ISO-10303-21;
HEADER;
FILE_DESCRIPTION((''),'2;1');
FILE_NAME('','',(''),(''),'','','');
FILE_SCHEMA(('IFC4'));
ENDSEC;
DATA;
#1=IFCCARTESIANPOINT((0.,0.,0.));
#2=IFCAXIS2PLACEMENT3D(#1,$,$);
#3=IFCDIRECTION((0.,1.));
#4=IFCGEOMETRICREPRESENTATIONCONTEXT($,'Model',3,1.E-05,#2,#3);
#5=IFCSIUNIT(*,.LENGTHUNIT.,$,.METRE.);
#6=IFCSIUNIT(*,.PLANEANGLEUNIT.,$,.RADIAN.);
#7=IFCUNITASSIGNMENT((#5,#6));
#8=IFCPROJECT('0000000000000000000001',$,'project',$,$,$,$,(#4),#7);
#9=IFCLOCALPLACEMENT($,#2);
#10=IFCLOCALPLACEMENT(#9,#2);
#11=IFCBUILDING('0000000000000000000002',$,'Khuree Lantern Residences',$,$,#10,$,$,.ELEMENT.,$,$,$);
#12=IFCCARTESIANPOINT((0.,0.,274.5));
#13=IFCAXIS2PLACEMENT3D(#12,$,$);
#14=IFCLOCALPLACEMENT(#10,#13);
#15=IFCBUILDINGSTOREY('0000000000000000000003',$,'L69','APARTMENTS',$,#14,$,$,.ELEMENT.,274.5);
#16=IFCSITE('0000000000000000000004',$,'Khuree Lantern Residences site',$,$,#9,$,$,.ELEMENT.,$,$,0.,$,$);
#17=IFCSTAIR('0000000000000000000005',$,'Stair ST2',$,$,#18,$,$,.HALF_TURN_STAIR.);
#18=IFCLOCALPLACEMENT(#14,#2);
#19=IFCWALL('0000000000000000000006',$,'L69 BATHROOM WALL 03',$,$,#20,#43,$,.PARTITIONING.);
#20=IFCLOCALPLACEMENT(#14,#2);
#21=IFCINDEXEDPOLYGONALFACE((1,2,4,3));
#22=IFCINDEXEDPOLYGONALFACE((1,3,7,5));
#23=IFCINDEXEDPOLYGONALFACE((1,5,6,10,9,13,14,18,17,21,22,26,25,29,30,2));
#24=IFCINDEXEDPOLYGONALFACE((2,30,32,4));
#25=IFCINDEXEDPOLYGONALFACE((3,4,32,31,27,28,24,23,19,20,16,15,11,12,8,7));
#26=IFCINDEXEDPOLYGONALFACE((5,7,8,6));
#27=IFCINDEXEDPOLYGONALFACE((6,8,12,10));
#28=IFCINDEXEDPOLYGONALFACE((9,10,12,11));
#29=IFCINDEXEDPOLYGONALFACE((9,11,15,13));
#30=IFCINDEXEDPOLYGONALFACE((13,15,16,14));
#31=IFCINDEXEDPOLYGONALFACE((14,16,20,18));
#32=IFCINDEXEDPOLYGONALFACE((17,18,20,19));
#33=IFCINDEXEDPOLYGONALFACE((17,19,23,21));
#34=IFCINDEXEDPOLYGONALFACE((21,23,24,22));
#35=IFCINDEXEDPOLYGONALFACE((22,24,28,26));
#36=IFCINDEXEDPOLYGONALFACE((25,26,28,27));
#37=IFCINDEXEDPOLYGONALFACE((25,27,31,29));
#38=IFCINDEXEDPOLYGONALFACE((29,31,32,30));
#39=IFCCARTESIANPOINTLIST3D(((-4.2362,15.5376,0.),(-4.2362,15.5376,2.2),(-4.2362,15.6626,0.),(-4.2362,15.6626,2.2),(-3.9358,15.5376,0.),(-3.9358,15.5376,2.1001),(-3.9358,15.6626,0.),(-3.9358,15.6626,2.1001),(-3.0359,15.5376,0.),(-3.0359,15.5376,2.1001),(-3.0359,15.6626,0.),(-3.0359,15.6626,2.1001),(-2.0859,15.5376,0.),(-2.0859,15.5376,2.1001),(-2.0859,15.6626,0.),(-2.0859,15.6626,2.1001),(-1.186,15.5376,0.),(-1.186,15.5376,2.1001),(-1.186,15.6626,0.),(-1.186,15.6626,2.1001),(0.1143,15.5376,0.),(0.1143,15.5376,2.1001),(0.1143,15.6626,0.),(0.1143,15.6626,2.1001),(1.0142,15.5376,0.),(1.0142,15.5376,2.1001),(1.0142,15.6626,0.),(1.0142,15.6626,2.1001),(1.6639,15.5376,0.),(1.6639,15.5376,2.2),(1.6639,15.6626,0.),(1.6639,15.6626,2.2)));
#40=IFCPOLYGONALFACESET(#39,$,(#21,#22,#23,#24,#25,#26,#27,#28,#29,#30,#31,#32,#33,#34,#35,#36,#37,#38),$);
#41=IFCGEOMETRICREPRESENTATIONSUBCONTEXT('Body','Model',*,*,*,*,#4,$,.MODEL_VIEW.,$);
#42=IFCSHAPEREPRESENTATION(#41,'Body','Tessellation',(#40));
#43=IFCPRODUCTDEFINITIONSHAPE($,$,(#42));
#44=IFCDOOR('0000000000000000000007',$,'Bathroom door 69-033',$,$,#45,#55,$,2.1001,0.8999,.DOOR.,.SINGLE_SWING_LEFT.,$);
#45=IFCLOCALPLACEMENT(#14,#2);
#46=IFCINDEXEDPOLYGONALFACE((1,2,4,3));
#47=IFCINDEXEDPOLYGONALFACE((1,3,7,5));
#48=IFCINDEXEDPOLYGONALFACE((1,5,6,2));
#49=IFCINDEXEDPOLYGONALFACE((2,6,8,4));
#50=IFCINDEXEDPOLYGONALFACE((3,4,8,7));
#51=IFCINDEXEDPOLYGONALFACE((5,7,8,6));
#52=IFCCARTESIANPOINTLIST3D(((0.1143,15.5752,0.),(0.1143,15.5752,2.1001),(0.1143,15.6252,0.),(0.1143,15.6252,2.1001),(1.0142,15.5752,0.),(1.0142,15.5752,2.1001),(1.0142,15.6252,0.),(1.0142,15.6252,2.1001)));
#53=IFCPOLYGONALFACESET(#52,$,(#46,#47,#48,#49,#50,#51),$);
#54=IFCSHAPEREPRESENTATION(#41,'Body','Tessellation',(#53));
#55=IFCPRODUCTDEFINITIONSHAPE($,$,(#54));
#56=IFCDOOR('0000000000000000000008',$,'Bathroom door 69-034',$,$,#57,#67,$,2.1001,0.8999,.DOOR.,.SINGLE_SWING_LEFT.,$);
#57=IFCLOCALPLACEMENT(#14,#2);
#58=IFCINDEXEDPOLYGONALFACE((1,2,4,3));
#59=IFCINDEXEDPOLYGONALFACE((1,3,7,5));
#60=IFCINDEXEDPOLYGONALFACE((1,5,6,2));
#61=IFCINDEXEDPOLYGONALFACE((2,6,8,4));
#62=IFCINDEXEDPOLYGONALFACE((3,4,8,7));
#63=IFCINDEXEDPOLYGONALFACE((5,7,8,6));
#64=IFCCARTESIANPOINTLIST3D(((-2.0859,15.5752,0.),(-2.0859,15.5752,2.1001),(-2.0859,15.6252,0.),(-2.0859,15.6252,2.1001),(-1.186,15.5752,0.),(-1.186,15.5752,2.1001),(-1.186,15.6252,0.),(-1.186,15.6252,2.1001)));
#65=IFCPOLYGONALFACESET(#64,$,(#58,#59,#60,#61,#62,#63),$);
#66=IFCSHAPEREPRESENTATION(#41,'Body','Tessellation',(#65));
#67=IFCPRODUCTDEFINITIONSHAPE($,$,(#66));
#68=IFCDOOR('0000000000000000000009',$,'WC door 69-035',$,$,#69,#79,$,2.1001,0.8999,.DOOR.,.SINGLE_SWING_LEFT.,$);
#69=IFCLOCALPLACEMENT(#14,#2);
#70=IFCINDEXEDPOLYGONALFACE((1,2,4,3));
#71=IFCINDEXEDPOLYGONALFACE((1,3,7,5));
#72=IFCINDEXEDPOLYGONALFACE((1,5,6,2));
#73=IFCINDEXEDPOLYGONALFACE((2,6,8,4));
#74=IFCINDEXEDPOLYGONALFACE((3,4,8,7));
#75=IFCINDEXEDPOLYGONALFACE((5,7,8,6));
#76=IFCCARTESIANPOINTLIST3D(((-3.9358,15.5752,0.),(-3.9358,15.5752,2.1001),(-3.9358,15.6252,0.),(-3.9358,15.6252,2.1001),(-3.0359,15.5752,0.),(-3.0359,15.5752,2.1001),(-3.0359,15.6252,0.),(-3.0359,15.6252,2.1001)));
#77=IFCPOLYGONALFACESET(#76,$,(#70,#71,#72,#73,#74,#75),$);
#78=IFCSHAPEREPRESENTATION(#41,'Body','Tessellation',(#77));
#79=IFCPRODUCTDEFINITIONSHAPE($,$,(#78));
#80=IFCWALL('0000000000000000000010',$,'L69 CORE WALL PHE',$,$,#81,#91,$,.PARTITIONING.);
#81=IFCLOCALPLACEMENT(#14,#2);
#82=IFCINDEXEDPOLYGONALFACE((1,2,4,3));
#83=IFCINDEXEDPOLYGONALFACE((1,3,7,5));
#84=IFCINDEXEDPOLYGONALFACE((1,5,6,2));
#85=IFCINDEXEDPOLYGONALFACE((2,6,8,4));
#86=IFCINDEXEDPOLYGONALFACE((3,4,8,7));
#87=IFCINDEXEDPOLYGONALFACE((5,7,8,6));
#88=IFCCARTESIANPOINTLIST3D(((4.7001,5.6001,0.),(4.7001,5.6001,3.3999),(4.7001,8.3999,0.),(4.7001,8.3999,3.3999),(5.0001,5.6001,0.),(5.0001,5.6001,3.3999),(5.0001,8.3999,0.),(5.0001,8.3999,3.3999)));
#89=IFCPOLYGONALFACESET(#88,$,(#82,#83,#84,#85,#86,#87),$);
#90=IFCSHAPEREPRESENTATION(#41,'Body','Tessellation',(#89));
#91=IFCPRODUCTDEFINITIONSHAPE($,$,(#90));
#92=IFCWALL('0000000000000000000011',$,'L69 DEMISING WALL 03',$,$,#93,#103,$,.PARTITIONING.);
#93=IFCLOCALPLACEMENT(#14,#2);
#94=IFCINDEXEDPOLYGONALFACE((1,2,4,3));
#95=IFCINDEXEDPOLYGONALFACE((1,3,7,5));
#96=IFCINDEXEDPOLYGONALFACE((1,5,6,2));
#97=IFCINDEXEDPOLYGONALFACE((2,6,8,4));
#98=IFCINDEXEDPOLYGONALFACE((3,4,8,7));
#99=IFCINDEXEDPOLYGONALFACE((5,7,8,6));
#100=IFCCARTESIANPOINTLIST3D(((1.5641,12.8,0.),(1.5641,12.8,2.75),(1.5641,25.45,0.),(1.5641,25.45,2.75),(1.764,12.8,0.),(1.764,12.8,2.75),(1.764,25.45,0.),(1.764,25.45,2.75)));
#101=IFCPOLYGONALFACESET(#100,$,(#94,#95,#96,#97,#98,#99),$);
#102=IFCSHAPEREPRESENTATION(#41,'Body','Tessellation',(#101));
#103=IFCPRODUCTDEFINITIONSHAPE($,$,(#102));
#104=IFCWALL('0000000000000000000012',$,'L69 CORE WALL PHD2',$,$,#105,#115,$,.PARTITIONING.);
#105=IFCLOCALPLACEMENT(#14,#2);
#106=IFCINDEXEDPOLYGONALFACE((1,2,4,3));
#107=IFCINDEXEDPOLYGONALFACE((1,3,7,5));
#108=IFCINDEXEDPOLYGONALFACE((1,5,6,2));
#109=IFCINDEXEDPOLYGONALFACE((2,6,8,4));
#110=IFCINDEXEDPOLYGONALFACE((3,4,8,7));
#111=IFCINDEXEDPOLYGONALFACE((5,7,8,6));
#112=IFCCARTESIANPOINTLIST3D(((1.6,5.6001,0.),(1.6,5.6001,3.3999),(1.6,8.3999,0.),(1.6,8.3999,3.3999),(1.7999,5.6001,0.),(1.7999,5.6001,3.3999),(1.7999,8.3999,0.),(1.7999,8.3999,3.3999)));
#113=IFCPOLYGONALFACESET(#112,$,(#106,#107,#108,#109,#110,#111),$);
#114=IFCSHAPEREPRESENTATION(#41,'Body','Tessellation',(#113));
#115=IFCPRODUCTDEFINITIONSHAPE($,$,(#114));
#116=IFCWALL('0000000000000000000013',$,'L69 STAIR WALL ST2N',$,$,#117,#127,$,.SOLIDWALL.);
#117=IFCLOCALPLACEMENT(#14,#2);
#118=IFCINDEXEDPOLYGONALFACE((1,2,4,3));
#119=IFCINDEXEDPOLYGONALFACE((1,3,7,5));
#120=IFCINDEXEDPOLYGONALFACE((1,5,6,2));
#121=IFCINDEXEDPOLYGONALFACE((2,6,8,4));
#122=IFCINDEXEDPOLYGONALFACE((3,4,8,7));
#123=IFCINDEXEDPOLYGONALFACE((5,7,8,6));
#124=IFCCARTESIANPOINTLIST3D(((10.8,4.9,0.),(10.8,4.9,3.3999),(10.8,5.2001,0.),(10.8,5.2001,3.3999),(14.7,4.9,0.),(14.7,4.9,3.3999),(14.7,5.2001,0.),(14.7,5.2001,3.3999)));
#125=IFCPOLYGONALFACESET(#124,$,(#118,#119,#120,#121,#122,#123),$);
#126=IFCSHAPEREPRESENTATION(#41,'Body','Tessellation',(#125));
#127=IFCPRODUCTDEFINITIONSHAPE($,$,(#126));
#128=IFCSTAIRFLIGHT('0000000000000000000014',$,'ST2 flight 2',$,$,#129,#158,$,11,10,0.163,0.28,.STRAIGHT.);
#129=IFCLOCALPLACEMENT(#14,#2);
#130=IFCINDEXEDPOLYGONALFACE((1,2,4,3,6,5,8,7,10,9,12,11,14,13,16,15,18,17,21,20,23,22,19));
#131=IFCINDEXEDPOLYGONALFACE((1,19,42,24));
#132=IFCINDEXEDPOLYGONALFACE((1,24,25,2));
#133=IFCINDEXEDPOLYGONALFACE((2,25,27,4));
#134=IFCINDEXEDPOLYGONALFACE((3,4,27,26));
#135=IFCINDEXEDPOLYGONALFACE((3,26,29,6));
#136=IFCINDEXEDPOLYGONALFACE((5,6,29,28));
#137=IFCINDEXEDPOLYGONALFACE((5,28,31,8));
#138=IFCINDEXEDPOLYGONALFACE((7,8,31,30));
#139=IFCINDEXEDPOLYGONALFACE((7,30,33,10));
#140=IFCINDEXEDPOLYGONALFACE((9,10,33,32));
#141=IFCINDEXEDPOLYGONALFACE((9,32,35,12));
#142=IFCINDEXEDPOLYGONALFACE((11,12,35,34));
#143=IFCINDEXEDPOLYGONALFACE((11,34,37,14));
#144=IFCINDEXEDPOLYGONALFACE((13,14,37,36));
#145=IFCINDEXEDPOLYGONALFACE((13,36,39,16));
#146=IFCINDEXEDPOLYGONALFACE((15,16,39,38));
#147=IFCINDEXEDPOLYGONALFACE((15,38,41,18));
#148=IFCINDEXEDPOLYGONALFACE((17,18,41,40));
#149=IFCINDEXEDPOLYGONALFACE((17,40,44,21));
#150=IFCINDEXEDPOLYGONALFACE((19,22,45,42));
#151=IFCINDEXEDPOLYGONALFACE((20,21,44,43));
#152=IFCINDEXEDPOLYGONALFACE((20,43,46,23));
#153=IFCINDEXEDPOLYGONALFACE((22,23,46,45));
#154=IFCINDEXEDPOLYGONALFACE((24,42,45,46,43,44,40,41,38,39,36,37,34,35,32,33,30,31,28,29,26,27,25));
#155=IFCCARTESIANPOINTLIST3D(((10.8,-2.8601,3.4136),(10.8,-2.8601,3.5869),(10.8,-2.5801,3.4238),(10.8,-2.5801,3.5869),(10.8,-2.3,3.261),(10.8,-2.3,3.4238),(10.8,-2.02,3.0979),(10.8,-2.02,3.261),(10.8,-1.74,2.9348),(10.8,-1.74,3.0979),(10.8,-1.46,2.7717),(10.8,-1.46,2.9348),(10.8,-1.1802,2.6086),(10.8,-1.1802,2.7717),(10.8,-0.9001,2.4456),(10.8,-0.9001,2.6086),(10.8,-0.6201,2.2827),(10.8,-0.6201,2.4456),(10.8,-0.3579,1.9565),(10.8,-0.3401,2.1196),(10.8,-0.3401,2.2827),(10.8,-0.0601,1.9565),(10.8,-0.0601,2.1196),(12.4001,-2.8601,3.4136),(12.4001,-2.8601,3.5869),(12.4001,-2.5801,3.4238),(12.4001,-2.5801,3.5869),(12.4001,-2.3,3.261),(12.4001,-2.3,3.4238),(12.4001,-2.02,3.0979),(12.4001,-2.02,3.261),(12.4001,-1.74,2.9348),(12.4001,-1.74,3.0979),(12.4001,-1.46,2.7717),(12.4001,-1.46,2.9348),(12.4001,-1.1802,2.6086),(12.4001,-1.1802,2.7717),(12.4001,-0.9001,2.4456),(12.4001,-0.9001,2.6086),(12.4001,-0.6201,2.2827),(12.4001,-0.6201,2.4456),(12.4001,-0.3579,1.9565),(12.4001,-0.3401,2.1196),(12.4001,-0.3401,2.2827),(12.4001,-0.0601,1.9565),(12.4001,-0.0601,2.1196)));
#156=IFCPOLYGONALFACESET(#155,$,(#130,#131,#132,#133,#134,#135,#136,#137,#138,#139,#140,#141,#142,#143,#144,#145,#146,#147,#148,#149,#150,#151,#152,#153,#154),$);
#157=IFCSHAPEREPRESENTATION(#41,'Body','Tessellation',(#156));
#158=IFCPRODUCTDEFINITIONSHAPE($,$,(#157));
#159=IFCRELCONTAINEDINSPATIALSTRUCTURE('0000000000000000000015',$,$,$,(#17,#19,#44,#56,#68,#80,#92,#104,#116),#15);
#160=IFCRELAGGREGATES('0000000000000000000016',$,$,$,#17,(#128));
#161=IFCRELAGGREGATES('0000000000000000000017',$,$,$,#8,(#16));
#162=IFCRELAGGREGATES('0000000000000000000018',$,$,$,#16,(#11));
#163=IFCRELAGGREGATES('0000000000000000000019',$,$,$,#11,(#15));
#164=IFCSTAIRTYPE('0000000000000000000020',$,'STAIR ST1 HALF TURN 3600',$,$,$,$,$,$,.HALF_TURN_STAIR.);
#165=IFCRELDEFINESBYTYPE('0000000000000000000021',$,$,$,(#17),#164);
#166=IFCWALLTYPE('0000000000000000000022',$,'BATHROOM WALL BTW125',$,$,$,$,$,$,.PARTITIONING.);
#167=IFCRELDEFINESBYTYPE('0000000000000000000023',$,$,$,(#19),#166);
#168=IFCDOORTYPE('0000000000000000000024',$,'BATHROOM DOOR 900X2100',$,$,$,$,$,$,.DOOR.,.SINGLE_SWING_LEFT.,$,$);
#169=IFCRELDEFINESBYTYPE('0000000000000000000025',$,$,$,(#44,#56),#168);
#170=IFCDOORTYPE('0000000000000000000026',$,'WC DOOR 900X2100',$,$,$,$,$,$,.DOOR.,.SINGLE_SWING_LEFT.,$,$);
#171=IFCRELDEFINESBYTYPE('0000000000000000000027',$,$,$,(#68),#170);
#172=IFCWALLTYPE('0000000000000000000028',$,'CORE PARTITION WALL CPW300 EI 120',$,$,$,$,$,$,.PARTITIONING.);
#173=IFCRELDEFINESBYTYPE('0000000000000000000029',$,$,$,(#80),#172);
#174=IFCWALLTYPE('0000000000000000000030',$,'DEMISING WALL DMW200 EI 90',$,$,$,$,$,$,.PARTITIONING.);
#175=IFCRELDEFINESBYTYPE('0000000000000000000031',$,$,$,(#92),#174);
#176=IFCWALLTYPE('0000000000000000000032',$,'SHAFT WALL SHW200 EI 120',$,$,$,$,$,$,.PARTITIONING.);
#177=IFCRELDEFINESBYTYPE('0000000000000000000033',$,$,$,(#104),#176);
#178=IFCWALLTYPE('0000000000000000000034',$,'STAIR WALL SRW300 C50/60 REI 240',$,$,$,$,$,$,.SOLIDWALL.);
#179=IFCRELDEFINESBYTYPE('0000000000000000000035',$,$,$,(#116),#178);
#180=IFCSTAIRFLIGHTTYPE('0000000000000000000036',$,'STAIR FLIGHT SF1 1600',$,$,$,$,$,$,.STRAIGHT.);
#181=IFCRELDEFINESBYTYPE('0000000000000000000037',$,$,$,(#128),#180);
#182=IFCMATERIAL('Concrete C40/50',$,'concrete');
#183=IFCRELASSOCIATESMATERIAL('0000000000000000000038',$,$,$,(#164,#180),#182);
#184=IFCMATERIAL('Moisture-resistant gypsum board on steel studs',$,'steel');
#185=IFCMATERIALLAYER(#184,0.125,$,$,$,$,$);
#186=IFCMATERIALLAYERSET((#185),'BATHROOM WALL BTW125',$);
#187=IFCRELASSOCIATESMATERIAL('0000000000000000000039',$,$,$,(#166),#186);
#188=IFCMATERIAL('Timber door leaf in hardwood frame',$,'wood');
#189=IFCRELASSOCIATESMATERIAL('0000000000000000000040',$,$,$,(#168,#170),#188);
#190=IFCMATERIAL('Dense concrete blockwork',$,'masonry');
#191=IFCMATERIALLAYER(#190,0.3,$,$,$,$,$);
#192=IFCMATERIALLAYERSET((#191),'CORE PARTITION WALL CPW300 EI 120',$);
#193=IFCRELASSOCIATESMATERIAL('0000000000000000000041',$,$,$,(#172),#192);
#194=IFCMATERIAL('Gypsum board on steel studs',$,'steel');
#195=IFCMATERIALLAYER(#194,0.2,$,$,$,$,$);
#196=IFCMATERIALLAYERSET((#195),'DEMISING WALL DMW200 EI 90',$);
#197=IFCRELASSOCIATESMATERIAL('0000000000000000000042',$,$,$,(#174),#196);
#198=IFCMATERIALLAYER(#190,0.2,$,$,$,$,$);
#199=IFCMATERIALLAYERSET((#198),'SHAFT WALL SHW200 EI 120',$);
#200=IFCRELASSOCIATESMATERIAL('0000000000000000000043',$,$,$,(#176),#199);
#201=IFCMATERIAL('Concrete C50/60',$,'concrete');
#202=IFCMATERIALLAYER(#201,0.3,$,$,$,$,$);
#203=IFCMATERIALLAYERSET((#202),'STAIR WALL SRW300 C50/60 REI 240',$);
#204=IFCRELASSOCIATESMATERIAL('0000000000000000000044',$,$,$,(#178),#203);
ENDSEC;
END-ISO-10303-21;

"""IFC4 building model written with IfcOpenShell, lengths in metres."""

from ifc_helpers import new_model, si_unit, direction, frame, frame_2d, origin, place, context, subcontext, project, spatial, polyline, rectangle, outline, extrude, material, layer, layer_set, type_object, element, fill, aggregate, save


model = new_model("IFC4")

# Units and contexts
model_context = context("Model", 3, precision=1e-05, world=origin(), true_north=direction((0.0, 1.0)))
body_context = subcontext(model_context, "Body", "Model", "MODEL_VIEW")
ifc_project = project(units=[si_unit("LENGTHUNIT", "METRE"), si_unit("PLANEANGLEUNIT", "RADIAN")], contexts=[model_context])

# Site, building, storey
site_placement = place(None, origin())
site = spatial("IfcSite", under=ifc_project, at=site_placement, Name="Khuree Lantern Residences site", CompositionType="ELEMENT", RefElevation=0.0)
building_placement = place(site_placement, origin())
building = spatial("IfcBuilding", under=site, at=building_placement, Name="Khuree Lantern Residences", CompositionType="ELEMENT")
storey_placement = place(building_placement, frame((0.0, 0.0, 274.5)))
storey = spatial("IfcBuildingStorey", under=building, at=storey_placement, Name="L69", Description="APARTMENTS", CompositionType="ELEMENT", Elevation=274.5)

# Shared definitions
ifc_material_1 = material(Name="Concrete C50/60", Category="concrete")

# Stair
ifc_material_2 = material(Name="Concrete C40/50", Category="concrete")
stair_type = type_object("IfcStairType", Name="STAIR ST1 HALF TURN 3600", PredefinedType="HALF_TURN_STAIR", material=ifc_material_2)
stair_1_placement = place(storey_placement, origin())
stair_1 = element("IfcStair", 1, at=stair_1_placement, inside=storey, type_object=stair_type, Name="Stair ST2", PredefinedType="HALF_TURN_STAIR")

# Wall, openings, doors
ifc_material_3 = material(Name="Moisture-resistant gypsum board on steel studs", Category="steel")
ifc_layer_1 = layer(ifc_material_3, 0.125)
ifc_layer_set_1 = layer_set([ifc_layer_1], Name="BATHROOM WALL BTW125")
wall_type_1 = type_object("IfcWallType", Name="BATHROOM WALL BTW125", PredefinedType="PARTITIONING", material=ifc_layer_set_1)
wall_1_placement = place(storey_placement, frame((1.6641, 15.6001, 0.0), z_axis=(0.0, 0.0, 1.0), x_axis=(-1.0, 0.0, 0.0)))
wall_1 = element("IfcWall", 2, at=wall_1_placement, inside=storey, type_object=wall_type_1, Name="L69 BATHROOM WALL 03", PredefinedType="PARTITIONING", context=body_context, shape_type="SweptSolid", body=[
    extrude(rectangle(XDim=5.9001, YDim=0.125, at=frame_2d((2.9502, 0.0))), origin(), (0.0, 0.0, 1.0), 2.2),
])
opening_1_placement = place(wall_1_placement, frame((0.6499, 0.0, 0.0)))
opening_1 = element("IfcOpeningElement", 3, at=opening_1_placement, cuts=wall_1, PredefinedType="OPENING", context=body_context, shape_type="SweptSolid", body=[
    extrude(rectangle(XDim=0.8999, YDim=2.1001, at=frame_2d((0.45, 1.05))), frame((0.0, 0.0725, 0.0), z_axis=(0.0, -1.0, 0.0), x_axis=(1.0, 0.0, 0.0)), (0.0, 0.0, 1.0), 0.145),
])
opening_2_placement = place(wall_1_placement, frame((2.8501, 0.0, 0.0)))
opening_2 = element("IfcOpeningElement", 4, at=opening_2_placement, cuts=wall_1, PredefinedType="OPENING", context=body_context, shape_type="SweptSolid", body=[
    extrude(rectangle(XDim=0.8999, YDim=2.1001, at=frame_2d((0.45, 1.05))), frame((0.0, 0.0725, 0.0), z_axis=(0.0, -1.0, 0.0), x_axis=(1.0, 0.0, 0.0)), (0.0, 0.0, 1.0), 0.145),
])
opening_3_placement = place(wall_1_placement, frame((4.7, 0.0, 0.0)))
opening_3 = element("IfcOpeningElement", 5, at=opening_3_placement, cuts=wall_1, PredefinedType="OPENING", context=body_context, shape_type="SweptSolid", body=[
    extrude(rectangle(XDim=0.8999, YDim=2.1001, at=frame_2d((0.45, 1.05))), frame((0.0, 0.0725, 0.0), z_axis=(0.0, -1.0, 0.0), x_axis=(1.0, 0.0, 0.0)), (0.0, 0.0, 1.0), 0.145),
])
ifc_material_4 = material(Name="Timber door leaf in hardwood frame", Category="wood")
door_type_1 = type_object("IfcDoorType", Name="BATHROOM DOOR 900X2100", OperationType="SINGLE_SWING_LEFT", PredefinedType="DOOR", material=ifc_material_4)
door_1_placement = place(opening_1_placement, origin())
door_1 = element("IfcDoor", 6, at=door_1_placement, inside=storey, type_object=door_type_1, Name="Bathroom door 69-033", OperationType="SINGLE_SWING_LEFT", OverallHeight=2.1001, OverallWidth=0.8999, PredefinedType="DOOR", context=body_context, shape_type="SweptSolid", body=[
    extrude(rectangle(XDim=0.8999, YDim=2.1001, at=frame_2d((0.45, 1.05))), frame((0.0, 0.0249, 0.0), z_axis=(0.0, -1.0, 0.0), x_axis=(1.0, 0.0, 0.0)), (0.0, 0.0, 1.0), 0.05),
])
fill(opening_1, door_1)
door_2_placement = place(opening_2_placement, origin())
door_2 = element("IfcDoor", 7, at=door_2_placement, inside=storey, type_object=door_type_1, Name="Bathroom door 69-034", OperationType="SINGLE_SWING_LEFT", OverallHeight=2.1001, OverallWidth=0.8999, PredefinedType="DOOR", context=body_context, shape_type="SweptSolid", body=[
    extrude(rectangle(XDim=0.8999, YDim=2.1001, at=frame_2d((0.45, 1.05))), frame((0.0, 0.0249, 0.0), z_axis=(0.0, -1.0, 0.0), x_axis=(1.0, 0.0, 0.0)), (0.0, 0.0, 1.0), 0.05),
])
fill(opening_2, door_2)
door_type_2 = type_object("IfcDoorType", Name="WC DOOR 900X2100", OperationType="SINGLE_SWING_LEFT", PredefinedType="DOOR", material=ifc_material_4)
door_3_placement = place(opening_3_placement, origin())
door_3 = element("IfcDoor", 8, at=door_3_placement, inside=storey, type_object=door_type_2, Name="WC door 69-035", OperationType="SINGLE_SWING_LEFT", OverallHeight=2.1001, OverallWidth=0.8999, PredefinedType="DOOR", context=body_context, shape_type="SweptSolid", body=[
    extrude(rectangle(XDim=0.8999, YDim=2.1001, at=frame_2d((0.45, 1.05))), frame((0.0, 0.0249, 0.0), z_axis=(0.0, -1.0, 0.0), x_axis=(1.0, 0.0, 0.0)), (0.0, 0.0, 1.0), 0.05),
])
fill(opening_3, door_3)

# Walls
ifc_material_5 = material(Name="Dense concrete blockwork", Category="masonry")
ifc_layer_2 = layer(ifc_material_5, 0.3)
ifc_layer_set_2 = layer_set([ifc_layer_2], Name="CORE PARTITION WALL CPW300 EI 120")
wall_type_2 = type_object("IfcWallType", Name="CORE PARTITION WALL CPW300 EI 120", PredefinedType="PARTITIONING", material=ifc_layer_set_2)
wall_2_placement = place(storey_placement, frame((4.8501, 5.6001, 0.0), z_axis=(0.0, 0.0, 1.0), x_axis=(0.0, 1.0, 0.0)))
element("IfcWall", 9, at=wall_2_placement, inside=storey, type_object=wall_type_2, Name="L69 CORE WALL PHE", PredefinedType="PARTITIONING", context=body_context, shape_type="SweptSolid", body=[
    extrude(rectangle(XDim=2.7998, YDim=0.3, at=frame_2d((1.3999, 0.0))), origin(), (0.0, 0.0, 1.0), 3.3999),
])
ifc_material_6 = material(Name="Gypsum board on steel studs", Category="steel")
ifc_layer_3 = layer(ifc_material_6, 0.2)
ifc_layer_set_3 = layer_set([ifc_layer_3], Name="DEMISING WALL DMW200 EI 90")
wall_type_3 = type_object("IfcWallType", Name="DEMISING WALL DMW200 EI 90", PredefinedType="PARTITIONING", material=ifc_layer_set_3)
wall_3_placement = place(storey_placement, frame((1.6641, 12.8, 0.0), z_axis=(0.0, 0.0, 1.0), x_axis=(0.0, 1.0, 0.0)))
element("IfcWall", 10, at=wall_3_placement, inside=storey, type_object=wall_type_3, Name="L69 DEMISING WALL 03", PredefinedType="PARTITIONING", context=body_context, shape_type="SweptSolid", body=[
    extrude(rectangle(XDim=12.6499, YDim=0.2, at=frame_2d((6.325, 0.0))), origin(), (0.0, 0.0, 1.0), 2.75),
])
ifc_layer_4 = layer(ifc_material_5, 0.2)
ifc_layer_set_4 = layer_set([ifc_layer_4], Name="SHAFT WALL SHW200 EI 120")
wall_type_4 = type_object("IfcWallType", Name="SHAFT WALL SHW200 EI 120", PredefinedType="PARTITIONING", material=ifc_layer_set_4)
wall_4_placement = place(storey_placement, frame((1.7, 5.6001, 0.0), z_axis=(0.0, 0.0, 1.0), x_axis=(0.0, 1.0, 0.0)))
element("IfcWall", 11, at=wall_4_placement, inside=storey, type_object=wall_type_4, Name="L69 CORE WALL PHD2", PredefinedType="PARTITIONING", context=body_context, shape_type="SweptSolid", body=[
    extrude(rectangle(XDim=2.7998, YDim=0.2, at=frame_2d((1.3999, 0.0))), origin(), (0.0, 0.0, 1.0), 3.3999),
])
ifc_layer_5 = layer(ifc_material_1, 0.3)
ifc_layer_set_5 = layer_set([ifc_layer_5], Name="STAIR WALL SRW300 C50/60 REI 240")
wall_type_5 = type_object("IfcWallType", Name="STAIR WALL SRW300 C50/60 REI 240", PredefinedType="SOLIDWALL", material=ifc_layer_set_5)
wall_5_placement = place(storey_placement, frame((14.7, 5.05, 0.0), z_axis=(0.0, 0.0, 1.0), x_axis=(-1.0, 0.0, 0.0)))
element("IfcWall", 12, at=wall_5_placement, inside=storey, type_object=wall_type_5, Name="L69 STAIR WALL ST2N", PredefinedType="SOLIDWALL", context=body_context, shape_type="SweptSolid", body=[
    extrude(rectangle(XDim=3.8999, YDim=0.3, at=frame_2d((1.95, 0.0))), origin(), (0.0, 0.0, 1.0), 3.3999),
])

# Stair flight
stair_flight_type = type_object("IfcStairFlightType", Name="STAIR FLIGHT SF1 1600", PredefinedType="STRAIGHT", material=ifc_material_2)
stair_flight_placement = place(storey_placement, frame((11.6001, -0.0601, 1.9565), z_axis=(0.0, 0.0, 1.0), x_axis=(0.0, -1.0, 0.0)))
stair_flight = element("IfcStairFlight", 13, at=stair_flight_placement, type_object=stair_flight_type, Name="ST2 flight 2", NumberOfRisers=11, NumberOfTreads=10, PredefinedType="STRAIGHT", RiserHeight=0.163, TreadLength=0.28, context=body_context, shape_type="SweptSolid", body=[
    extrude(outline(polyline([(0.0, 0.0), (0.0, 0.1631), (0.28, 0.1631), (0.28, 0.3262), (0.5601, 0.3262), (0.5601, 0.489), (0.8401, 0.489), (0.8401, 0.6521), (1.1201, 0.6521), (1.1201, 0.8152), (1.3999, 0.8152), (1.3999, 0.9783), (1.6799, 0.9783), (1.6799, 1.1414), (1.96, 1.1414), (1.96, 1.3044), (2.24, 1.3044), (2.24, 1.4673), (2.52, 1.4673), (2.52, 1.6304), (2.8, 1.6304), (2.8, 1.7935), (2.8, 1.457), (0.2979, 0.0), (0.0, 0.0)])), frame((0.0, 0.8, 0.0), z_axis=(0.0, -1.0, 0.0), x_axis=(1.0, 0.0, 0.0)), (0.0, 0.0, 1.0), 1.6001),
])
aggregate(stair_1, [stair_flight])

save(model, "model.ifc")
